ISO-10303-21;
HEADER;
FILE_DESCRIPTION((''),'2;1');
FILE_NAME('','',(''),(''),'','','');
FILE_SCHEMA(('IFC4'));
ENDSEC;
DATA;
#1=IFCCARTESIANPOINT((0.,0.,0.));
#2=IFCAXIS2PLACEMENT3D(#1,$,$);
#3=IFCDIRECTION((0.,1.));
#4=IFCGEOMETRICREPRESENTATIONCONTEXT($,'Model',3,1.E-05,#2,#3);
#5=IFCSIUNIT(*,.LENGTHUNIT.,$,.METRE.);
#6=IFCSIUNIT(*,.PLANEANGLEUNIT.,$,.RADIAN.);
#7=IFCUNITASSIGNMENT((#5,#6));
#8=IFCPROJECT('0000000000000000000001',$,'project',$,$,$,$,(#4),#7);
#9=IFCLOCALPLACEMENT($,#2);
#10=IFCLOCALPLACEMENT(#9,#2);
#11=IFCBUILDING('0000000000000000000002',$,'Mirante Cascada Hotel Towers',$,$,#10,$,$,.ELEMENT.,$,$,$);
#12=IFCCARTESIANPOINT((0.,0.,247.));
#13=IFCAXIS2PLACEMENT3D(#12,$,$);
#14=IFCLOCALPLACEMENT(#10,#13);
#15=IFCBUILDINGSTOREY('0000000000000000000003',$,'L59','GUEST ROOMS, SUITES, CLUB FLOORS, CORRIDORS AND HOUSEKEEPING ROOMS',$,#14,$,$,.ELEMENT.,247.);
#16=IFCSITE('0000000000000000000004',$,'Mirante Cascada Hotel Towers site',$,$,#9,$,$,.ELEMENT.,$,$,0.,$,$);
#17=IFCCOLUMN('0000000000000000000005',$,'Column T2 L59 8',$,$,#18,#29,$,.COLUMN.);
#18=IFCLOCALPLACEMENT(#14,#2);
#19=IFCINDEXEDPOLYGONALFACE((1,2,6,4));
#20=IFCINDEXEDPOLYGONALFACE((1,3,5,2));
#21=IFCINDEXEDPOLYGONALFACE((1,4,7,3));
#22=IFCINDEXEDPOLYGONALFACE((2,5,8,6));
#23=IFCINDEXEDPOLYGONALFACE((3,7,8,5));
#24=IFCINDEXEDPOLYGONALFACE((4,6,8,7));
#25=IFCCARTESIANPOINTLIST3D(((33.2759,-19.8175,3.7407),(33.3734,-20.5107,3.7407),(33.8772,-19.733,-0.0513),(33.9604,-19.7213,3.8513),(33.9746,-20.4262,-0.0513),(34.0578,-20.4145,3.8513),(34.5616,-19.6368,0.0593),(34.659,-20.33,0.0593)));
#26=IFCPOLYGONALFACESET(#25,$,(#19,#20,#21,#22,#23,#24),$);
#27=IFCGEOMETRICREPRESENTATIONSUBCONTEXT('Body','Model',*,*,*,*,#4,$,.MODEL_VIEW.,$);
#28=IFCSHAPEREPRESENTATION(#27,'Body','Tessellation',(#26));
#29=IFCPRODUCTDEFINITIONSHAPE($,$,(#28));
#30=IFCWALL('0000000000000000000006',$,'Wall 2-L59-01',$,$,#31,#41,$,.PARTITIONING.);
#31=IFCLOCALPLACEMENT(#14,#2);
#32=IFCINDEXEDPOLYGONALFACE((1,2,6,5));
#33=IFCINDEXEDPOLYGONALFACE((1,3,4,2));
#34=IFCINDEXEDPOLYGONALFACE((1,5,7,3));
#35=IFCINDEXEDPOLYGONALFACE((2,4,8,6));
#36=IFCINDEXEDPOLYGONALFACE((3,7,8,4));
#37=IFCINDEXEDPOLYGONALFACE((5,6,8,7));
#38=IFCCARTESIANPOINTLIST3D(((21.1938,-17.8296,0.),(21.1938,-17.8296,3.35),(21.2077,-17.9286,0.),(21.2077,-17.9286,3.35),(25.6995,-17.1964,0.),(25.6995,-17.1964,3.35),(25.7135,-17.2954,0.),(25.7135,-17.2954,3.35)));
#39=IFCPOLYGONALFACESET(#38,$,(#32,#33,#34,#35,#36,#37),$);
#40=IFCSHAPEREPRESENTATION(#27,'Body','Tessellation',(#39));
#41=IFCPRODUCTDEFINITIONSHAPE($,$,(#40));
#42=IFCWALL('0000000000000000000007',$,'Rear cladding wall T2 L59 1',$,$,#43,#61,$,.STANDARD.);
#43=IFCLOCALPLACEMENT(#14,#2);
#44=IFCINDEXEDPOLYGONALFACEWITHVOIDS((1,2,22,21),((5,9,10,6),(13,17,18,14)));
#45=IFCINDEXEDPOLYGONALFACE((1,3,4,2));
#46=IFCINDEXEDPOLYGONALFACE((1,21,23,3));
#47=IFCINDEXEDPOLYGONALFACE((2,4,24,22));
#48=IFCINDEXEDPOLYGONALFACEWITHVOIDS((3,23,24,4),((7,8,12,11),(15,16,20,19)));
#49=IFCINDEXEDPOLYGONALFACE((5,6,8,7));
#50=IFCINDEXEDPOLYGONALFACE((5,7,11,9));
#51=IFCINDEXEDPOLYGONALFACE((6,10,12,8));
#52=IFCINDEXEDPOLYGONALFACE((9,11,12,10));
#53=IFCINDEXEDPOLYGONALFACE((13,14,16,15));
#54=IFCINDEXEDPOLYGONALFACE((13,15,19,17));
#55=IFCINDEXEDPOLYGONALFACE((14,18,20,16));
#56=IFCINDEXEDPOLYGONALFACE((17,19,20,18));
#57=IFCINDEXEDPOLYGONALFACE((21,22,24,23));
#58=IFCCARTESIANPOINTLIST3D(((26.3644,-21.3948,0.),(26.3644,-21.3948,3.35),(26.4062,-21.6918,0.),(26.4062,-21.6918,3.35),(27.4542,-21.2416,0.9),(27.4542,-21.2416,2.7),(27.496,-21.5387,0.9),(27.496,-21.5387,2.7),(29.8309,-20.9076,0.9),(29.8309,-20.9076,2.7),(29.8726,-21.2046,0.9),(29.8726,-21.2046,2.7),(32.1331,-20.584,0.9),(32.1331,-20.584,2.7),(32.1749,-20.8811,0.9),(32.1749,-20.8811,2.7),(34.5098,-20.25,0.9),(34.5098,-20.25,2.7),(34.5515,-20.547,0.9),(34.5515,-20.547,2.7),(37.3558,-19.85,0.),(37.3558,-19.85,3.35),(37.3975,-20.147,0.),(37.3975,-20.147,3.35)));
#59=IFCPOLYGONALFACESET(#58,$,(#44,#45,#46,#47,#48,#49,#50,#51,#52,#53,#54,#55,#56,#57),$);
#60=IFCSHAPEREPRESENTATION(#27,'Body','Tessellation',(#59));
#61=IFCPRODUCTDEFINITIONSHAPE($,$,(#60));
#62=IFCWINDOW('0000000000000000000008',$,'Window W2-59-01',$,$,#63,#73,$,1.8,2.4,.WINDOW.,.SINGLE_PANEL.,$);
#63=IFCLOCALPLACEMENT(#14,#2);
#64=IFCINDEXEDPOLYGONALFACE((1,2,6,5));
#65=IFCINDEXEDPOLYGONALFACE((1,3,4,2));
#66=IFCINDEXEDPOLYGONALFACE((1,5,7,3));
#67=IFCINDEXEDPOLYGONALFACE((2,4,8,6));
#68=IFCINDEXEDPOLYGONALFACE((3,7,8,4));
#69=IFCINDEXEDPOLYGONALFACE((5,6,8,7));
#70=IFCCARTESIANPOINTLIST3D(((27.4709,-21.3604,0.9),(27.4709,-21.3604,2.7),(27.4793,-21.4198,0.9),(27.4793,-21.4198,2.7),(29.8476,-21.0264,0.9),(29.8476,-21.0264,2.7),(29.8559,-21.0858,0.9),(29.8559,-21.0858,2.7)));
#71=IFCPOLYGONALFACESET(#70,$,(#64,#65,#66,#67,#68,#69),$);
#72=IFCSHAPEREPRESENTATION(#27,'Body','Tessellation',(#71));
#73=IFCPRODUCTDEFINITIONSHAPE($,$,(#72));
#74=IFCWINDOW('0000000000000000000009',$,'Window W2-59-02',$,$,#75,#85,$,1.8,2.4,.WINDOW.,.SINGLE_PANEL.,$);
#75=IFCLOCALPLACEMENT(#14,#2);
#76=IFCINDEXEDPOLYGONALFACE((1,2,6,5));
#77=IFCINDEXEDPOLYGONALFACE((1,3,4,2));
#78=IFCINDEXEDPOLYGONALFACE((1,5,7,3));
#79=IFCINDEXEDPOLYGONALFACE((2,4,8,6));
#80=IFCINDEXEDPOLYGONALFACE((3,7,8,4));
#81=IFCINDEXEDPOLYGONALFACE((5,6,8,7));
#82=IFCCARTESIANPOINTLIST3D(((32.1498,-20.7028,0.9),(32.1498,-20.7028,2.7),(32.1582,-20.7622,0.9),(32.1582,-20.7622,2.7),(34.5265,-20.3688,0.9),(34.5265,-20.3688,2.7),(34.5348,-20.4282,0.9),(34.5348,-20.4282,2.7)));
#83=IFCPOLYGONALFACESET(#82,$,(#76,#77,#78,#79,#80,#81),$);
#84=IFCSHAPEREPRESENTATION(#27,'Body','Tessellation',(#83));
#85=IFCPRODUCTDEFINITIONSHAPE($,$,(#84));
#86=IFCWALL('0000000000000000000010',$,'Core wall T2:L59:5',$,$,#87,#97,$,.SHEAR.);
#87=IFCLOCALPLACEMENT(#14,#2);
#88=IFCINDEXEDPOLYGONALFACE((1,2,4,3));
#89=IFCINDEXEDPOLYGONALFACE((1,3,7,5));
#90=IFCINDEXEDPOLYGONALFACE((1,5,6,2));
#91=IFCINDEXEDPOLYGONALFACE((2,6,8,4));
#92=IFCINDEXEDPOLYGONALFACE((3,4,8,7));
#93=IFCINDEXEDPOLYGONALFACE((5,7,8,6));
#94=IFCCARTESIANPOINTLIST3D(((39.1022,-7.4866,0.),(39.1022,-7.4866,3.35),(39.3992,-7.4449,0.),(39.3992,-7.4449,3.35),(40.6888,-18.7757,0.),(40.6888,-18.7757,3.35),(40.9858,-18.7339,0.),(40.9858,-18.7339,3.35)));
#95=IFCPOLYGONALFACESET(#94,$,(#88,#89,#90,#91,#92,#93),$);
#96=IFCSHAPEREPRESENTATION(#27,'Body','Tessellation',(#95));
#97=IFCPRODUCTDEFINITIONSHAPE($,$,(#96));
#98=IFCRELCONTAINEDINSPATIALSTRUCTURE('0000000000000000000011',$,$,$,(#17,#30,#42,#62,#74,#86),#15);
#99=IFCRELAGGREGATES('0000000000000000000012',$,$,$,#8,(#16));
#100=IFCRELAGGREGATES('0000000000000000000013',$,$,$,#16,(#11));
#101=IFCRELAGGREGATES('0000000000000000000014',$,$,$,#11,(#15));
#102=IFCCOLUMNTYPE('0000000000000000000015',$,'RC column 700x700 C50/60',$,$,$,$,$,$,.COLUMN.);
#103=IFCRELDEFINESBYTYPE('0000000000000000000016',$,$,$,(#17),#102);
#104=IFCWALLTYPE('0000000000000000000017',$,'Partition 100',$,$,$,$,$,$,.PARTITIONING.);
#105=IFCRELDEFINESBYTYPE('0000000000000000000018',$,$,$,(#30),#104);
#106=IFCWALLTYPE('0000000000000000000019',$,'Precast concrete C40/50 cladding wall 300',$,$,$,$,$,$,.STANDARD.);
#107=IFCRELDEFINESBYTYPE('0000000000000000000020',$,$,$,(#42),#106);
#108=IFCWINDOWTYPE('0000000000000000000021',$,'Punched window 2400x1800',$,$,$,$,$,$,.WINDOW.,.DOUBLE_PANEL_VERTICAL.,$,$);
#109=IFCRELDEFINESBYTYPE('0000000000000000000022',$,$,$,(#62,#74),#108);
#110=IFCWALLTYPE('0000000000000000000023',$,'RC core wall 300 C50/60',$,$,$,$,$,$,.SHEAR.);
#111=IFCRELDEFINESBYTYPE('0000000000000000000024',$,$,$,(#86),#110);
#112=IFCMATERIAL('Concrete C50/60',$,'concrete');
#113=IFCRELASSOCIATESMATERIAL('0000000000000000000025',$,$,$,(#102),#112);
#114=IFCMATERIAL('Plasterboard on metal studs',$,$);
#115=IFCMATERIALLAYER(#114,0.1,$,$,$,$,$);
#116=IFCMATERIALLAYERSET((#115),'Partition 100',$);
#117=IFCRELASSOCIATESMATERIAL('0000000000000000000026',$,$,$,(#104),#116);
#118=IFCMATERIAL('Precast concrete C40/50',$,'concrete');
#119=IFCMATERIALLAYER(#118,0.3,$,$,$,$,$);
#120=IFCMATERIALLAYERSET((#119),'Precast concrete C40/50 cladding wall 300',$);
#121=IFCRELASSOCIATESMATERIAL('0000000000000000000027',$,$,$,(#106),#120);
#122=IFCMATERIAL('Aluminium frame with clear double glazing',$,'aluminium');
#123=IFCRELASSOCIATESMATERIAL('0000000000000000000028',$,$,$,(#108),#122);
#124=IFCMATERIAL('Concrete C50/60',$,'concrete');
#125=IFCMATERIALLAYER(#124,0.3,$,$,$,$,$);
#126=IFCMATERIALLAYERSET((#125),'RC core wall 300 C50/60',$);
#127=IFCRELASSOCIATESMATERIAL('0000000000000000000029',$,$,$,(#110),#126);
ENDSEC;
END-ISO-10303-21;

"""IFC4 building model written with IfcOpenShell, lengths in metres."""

from ifc_helpers import new_model, si_unit, direction, frame, frame_2d, origin, origin_2d, place, context, subcontext, project, spatial, rectangle, extrude, material, layer, layer_set, material_profile, profile_set, type_object, element, fill, save


model = new_model("IFC4")

# Units and contexts
model_context = context("Model", 3, precision=1e-05, world=origin(), true_north=direction((0.0, 1.0)))
body_context = subcontext(model_context, "Body", "Model", "MODEL_VIEW")
ifc_project = project(units=[si_unit("LENGTHUNIT", "METRE"), si_unit("PLANEANGLEUNIT", "RADIAN")], contexts=[model_context])

# Site, building, storey
site_placement = place(None, origin())
site = spatial("IfcSite", under=ifc_project, at=site_placement, Name="Mirante Cascada Hotel Towers site", CompositionType="ELEMENT", RefElevation=0.0)
building_placement = place(site_placement, origin())
building = spatial("IfcBuilding", under=site, at=building_placement, Name="Mirante Cascada Hotel Towers", CompositionType="ELEMENT")
storey_placement = place(building_placement, frame((0.0, 0.0, 247.0)))
storey = spatial("IfcBuildingStorey", under=building, at=storey_placement, Name="L59", Description="GUEST ROOMS, SUITES, CLUB FLOORS, CORRIDORS AND HOUSEKEEPING ROOMS", CompositionType="ELEMENT", Elevation=247.0)

# Column
ifc_material_1 = material(Name="Concrete C50/60", Category="concrete")
ifc_material_profile = material_profile(ifc_material_1, rectangle(XDim=0.7, YDim=0.7, at=origin_2d()), Name="RC column 700x700 C50/60")
ifc_profile_set = profile_set([ifc_material_profile], Name="Concrete C50/60")
column_type = type_object("IfcColumnType", Name="RC column 700x700 C50/60", PredefinedType="COLUMN", material=ifc_profile_set)
column_placement = place(storey_placement, frame((34.2681, -20.0315, 0.004), z_axis=(-0.156551, -0.022003, 0.987425), x_axis=(0.139184, -0.990267, 0.0)))
element("IfcColumn", 1, at=column_placement, inside=storey, type_object=column_type, Name="Column T2 L59 8", PredefinedType="COLUMN", context=body_context, shape_type="SweptSolid", body=[
    extrude(rectangle(XDim=0.7, YDim=0.7, at=origin_2d()), origin(), (0.0, 0.0, 1.0), 3.8403),
])

# Wall
ifc_material_2 = material(Name="Plasterboard on metal studs")
ifc_layer_1 = layer(ifc_material_2, 0.1)
ifc_layer_set_1 = layer_set([ifc_layer_1], Name="Partition 100")
wall_type_1 = type_object("IfcWallType", Name="Partition 100", PredefinedType="PARTITIONING", material=ifc_layer_set_1)
wall_1_placement = place(storey_placement, frame((25.7065, -17.2459, 0.0), z_axis=(0.0, 0.0, 1.0), x_axis=(-0.990269, -0.139166, 0.0)))
element("IfcWall", 2, at=wall_1_placement, inside=storey, type_object=wall_type_1, Name="Wall 2-L59-01", PredefinedType="PARTITIONING", context=body_context, shape_type="SweptSolid", body=[
    extrude(rectangle(XDim=4.55, YDim=0.1, at=frame_2d((2.275, 0.0))), origin(), (0.0, 0.0, 1.0), 3.35),
])

# Wall, openings, windows
ifc_material_3 = material(Name="Precast concrete C40/50", Category="concrete")
ifc_layer_2 = layer(ifc_material_3, 0.3)
ifc_layer_set_2 = layer_set([ifc_layer_2], Name="Precast concrete C40/50 cladding wall 300")
wall_type_2 = type_object("IfcWallType", Name="Precast concrete C40/50 cladding wall 300", PredefinedType="STANDARD", material=ifc_layer_set_2)
wall_2_placement = place(storey_placement, frame((26.3853, -21.5433, 0.0), z_axis=(0.0, 0.0, 1.0), x_axis=(0.990267, 0.139178, 0.0)))
wall_2 = element("IfcWall", 3, at=wall_2_placement, inside=storey, type_object=wall_type_2, Name="Rear cladding wall T2 L59 1", PredefinedType="STANDARD", context=body_context, shape_type="SweptSolid", body=[
    extrude(rectangle(XDim=11.0994, YDim=0.3, at=frame_2d((5.5497, 0.0))), origin(), (0.0, 0.0, 1.0), 3.35),
])
opening_1_placement = place(wall_2_placement, frame((1.1005, 0.0, 0.9)))
opening_1 = element("IfcOpeningElement", 4, at=opening_1_placement, cuts=wall_2, PredefinedType="OPENING", context=body_context, shape_type="SweptSolid", body=[
    extrude(rectangle(XDim=2.4, YDim=1.8, at=frame_2d((1.2, 0.9))), frame((0.0, 0.15, 0.0), z_axis=(0.0, -1.0, 0.0), x_axis=(1.0, 0.0, 0.0)), (0.0, 0.0, 1.0), 0.3),
])
opening_2_placement = place(wall_2_placement, frame((5.8254, 0.0, 0.9)))
opening_2 = element("IfcOpeningElement", 5, at=opening_2_placement, cuts=wall_2, PredefinedType="OPENING", context=body_context, shape_type="SweptSolid", body=[
    extrude(rectangle(XDim=2.4, YDim=1.8, at=frame_2d((1.2, 0.9))), frame((0.0, 0.15, 0.0), z_axis=(0.0, -1.0, 0.0), x_axis=(1.0, 0.0, 0.0)), (0.0, 0.0, 1.0), 0.3),
])
ifc_material_4 = material(Name="Aluminium frame with clear double glazing", Category="aluminium")
window_type = type_object("IfcWindowType", Name="Punched window 2400x1800", PartitioningType="DOUBLE_PANEL_VERTICAL", PredefinedType="WINDOW", material=ifc_material_4)
window_1_placement = place(opening_1_placement, origin())
window_1 = element("IfcWindow", 6, at=window_1_placement, inside=storey, type_object=window_type, Name="Window W2-59-01", OverallHeight=1.8, OverallWidth=2.4, PartitioningType="SINGLE_PANEL", PredefinedType="WINDOW", context=body_context, shape_type="SweptSolid", body=[
    extrude(rectangle(XDim=2.4, YDim=1.8, at=frame_2d((1.2, 0.9))), frame((0.0, 0.03, 0.0), z_axis=(0.0, -1.0, 0.0), x_axis=(1.0, 0.0, 0.0)), (0.0, 0.0, 1.0), 0.06),
])
fill(opening_1, window_1)
window_2_placement = place(opening_2_placement, origin())
window_2 = element("IfcWindow", 7, at=window_2_placement, inside=storey, type_object=window_type, Name="Window W2-59-02", OverallHeight=1.8, OverallWidth=2.4, PartitioningType="SINGLE_PANEL", PredefinedType="WINDOW", context=body_context, shape_type="SweptSolid", body=[
    extrude(rectangle(XDim=2.4, YDim=1.8, at=frame_2d((1.2, 0.9))), frame((0.0, 0.03, 0.0), z_axis=(0.0, -1.0, 0.0), x_axis=(1.0, 0.0, 0.0)), (0.0, 0.0, 1.0), 0.06),
])
fill(opening_2, window_2)

# Wall
ifc_material_5 = material(Name="Concrete C50/60", Category="concrete")
ifc_layer_3 = layer(ifc_material_5, 0.3)
ifc_layer_set_3 = layer_set([ifc_layer_3], Name="RC core wall 300 C50/60")
wall_type_3 = type_object("IfcWallType", Name="RC core wall 300 C50/60", PredefinedType="SHEAR", material=ifc_layer_set_3)
wall_3_placement = place(storey_placement, frame((40.8373, -18.7548, 0.0), z_axis=(0.0, 0.0, 1.0), x_axis=(-0.139175, 0.990268, 0.0)))
element("IfcWall", 8, at=wall_3_placement, inside=storey, type_object=wall_type_3, Name="Core wall T2:L59:5", PredefinedType="SHEAR", context=body_context, shape_type="SweptSolid", body=[
    extrude(rectangle(XDim=11.4, YDim=0.3, at=frame_2d((5.7, 0.0))), origin(), (0.0, 0.0, 1.0), 3.35),
])

save(model, "model.ifc")
